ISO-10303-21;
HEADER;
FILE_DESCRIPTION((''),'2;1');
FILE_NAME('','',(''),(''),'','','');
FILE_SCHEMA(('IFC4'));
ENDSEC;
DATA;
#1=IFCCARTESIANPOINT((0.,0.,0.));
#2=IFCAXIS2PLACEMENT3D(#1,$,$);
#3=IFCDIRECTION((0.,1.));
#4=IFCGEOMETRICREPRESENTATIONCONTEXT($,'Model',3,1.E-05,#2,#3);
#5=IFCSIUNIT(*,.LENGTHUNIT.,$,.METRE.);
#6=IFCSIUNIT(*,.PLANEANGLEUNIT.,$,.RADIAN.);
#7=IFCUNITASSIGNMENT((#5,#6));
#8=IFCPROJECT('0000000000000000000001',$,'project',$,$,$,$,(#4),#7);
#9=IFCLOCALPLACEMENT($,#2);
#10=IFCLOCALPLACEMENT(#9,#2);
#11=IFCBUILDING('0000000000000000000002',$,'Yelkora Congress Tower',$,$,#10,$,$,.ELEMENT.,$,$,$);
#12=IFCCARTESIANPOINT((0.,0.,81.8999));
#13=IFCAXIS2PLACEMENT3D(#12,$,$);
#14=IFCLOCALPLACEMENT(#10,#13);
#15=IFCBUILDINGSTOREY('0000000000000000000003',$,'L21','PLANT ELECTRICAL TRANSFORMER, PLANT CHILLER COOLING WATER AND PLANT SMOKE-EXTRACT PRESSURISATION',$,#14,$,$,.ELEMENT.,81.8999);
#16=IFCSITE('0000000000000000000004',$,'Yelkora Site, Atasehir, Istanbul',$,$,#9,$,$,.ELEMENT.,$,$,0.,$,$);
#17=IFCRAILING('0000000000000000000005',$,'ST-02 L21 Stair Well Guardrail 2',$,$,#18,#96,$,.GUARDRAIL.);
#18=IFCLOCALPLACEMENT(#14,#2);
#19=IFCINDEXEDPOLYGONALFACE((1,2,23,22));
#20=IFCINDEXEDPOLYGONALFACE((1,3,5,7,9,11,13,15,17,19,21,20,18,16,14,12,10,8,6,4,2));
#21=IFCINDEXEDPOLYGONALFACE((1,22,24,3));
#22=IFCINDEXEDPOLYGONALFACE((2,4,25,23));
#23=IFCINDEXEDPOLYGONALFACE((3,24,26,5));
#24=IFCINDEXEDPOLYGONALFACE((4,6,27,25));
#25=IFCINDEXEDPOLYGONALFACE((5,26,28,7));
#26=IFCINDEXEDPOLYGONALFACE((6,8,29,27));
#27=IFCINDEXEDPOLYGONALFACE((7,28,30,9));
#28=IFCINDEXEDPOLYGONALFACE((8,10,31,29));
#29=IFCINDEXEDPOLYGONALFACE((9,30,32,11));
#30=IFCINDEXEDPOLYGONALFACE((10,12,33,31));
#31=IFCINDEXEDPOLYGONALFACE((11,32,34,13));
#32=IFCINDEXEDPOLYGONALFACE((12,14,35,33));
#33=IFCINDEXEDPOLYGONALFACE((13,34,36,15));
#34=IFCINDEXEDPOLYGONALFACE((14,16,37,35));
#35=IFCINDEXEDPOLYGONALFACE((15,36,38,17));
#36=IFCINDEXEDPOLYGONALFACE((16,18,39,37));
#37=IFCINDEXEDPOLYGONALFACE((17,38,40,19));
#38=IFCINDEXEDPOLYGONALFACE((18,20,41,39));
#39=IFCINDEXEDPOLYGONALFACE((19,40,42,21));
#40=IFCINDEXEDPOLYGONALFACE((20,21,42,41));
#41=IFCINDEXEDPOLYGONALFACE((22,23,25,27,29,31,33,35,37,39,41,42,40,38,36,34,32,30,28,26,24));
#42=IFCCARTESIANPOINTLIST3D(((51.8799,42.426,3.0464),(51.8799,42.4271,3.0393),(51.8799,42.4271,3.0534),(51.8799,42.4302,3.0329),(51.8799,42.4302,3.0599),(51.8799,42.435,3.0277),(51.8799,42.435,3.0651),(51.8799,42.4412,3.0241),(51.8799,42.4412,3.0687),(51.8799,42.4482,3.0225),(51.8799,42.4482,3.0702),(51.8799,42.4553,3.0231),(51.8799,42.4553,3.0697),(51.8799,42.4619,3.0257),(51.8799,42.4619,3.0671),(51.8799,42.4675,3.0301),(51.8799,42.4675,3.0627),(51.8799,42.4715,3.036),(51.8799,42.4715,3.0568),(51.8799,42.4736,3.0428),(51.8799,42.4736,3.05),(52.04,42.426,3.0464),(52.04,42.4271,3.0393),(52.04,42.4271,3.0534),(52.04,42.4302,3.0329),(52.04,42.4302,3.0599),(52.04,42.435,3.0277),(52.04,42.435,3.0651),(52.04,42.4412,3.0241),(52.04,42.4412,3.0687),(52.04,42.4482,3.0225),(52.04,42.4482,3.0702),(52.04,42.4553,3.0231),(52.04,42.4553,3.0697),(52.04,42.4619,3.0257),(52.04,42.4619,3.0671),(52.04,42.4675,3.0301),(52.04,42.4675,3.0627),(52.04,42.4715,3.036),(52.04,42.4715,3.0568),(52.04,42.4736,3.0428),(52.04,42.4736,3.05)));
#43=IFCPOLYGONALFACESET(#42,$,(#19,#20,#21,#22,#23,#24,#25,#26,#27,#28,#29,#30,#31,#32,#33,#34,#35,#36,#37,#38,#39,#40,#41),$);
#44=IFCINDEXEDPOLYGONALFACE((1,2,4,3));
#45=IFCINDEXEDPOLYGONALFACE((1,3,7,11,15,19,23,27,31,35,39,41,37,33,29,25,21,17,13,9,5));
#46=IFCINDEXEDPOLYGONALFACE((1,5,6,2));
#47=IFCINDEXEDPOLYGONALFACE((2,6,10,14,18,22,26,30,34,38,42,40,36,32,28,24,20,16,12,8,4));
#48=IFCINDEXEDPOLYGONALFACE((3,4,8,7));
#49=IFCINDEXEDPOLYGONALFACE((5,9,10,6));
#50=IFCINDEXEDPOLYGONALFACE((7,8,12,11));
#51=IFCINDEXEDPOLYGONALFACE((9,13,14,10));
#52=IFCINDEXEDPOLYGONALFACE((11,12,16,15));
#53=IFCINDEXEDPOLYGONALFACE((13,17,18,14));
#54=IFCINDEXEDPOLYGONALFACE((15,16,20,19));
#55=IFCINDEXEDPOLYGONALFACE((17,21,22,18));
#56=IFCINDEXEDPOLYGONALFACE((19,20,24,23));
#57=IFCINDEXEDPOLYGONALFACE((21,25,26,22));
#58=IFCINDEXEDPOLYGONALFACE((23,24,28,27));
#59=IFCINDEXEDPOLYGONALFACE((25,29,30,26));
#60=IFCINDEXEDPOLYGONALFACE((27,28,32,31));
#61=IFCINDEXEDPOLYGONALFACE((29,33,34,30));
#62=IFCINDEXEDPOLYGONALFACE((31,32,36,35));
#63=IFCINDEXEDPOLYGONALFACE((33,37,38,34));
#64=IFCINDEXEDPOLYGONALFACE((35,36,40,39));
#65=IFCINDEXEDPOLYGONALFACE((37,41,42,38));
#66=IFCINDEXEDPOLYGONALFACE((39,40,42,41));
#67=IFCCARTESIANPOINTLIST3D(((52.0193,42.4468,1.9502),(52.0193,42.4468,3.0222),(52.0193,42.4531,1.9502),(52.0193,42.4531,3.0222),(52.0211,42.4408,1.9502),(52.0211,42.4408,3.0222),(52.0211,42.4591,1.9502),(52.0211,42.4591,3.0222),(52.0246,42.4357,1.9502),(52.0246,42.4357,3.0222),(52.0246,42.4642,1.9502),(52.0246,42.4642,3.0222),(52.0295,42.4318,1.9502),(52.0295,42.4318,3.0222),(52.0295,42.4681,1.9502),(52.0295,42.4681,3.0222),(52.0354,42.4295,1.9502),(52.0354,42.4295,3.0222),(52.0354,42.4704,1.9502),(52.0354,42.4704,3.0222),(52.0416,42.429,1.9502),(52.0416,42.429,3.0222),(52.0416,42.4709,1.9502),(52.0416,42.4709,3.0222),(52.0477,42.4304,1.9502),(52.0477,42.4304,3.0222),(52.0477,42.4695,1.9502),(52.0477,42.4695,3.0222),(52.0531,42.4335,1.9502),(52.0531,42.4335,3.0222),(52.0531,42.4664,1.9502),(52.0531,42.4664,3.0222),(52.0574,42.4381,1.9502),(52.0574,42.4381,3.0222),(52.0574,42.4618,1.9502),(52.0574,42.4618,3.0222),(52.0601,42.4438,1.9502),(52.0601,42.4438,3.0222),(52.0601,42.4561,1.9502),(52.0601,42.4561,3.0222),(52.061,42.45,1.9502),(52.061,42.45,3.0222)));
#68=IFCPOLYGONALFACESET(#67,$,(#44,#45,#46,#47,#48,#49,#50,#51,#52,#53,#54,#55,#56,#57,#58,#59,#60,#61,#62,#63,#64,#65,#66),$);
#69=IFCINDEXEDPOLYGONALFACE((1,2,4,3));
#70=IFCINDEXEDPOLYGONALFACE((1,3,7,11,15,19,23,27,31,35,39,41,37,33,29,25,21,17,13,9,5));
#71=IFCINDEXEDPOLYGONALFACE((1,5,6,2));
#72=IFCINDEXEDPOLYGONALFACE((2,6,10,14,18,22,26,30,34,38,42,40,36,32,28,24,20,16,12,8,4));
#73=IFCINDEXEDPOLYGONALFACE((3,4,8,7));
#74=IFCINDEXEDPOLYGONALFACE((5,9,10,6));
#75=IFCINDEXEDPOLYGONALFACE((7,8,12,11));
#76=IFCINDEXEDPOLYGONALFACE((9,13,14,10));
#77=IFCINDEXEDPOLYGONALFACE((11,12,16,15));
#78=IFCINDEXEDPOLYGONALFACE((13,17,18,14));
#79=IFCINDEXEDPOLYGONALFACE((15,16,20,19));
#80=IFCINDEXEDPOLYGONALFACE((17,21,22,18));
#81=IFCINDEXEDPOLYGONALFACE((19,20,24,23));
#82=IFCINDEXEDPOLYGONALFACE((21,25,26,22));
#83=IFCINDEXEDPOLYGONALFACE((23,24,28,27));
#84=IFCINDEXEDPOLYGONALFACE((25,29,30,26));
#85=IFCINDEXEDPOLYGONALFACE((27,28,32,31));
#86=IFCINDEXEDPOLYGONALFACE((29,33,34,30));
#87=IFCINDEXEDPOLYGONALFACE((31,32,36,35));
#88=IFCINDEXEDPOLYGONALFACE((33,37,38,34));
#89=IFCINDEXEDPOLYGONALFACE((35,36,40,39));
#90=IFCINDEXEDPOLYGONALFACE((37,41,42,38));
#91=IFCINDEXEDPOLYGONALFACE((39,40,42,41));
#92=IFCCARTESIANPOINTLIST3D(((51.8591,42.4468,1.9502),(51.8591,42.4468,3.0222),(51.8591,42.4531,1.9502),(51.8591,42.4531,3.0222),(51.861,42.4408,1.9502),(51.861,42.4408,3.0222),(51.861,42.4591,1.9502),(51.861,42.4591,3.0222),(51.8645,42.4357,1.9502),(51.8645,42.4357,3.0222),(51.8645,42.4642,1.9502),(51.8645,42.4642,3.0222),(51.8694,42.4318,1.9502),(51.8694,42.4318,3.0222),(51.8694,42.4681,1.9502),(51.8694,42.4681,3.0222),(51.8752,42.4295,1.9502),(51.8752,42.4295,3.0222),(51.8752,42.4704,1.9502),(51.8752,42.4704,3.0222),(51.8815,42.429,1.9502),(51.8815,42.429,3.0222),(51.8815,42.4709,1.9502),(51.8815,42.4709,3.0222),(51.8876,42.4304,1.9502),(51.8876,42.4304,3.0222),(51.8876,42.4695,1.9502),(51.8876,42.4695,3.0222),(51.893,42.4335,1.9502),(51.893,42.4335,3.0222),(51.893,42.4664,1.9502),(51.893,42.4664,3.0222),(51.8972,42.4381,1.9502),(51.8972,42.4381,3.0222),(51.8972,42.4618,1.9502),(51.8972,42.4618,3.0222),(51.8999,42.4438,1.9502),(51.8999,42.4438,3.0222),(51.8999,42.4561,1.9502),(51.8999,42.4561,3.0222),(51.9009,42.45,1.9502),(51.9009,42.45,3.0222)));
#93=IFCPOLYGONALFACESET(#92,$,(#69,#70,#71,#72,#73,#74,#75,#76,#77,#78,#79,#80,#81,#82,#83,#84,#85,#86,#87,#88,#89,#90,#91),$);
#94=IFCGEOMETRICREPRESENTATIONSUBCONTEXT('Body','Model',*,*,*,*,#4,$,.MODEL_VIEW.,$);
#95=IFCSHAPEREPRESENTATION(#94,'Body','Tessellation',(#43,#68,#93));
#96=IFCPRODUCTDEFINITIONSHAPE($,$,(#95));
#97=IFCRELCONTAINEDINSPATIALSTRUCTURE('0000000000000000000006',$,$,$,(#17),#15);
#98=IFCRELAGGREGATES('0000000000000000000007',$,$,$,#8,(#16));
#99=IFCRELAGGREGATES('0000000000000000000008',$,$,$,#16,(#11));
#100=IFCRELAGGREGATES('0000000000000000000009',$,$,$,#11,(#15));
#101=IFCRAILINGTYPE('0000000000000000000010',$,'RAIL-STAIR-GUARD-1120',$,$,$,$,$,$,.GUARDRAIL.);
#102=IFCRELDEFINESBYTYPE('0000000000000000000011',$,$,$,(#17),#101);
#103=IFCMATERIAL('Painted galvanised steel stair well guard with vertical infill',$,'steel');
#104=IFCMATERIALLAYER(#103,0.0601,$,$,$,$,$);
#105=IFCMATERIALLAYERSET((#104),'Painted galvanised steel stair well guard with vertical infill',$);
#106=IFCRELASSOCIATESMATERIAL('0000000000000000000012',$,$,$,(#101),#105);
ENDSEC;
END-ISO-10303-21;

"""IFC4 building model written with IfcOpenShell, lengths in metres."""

from ifc_helpers import new_model, si_unit, direction, frame, origin, origin_2d, place, context, subcontext, project, spatial, circle, extrude, material, layer, layer_set, type_object, element, save


model = new_model("IFC4")

# Units and contexts
model_context = context("Model", 3, precision=1e-05, world=origin(), true_north=direction((0.0, 1.0)))
body_context = subcontext(model_context, "Body", "Model", "MODEL_VIEW")
ifc_project = project(units=[si_unit("LENGTHUNIT", "METRE"), si_unit("PLANEANGLEUNIT", "RADIAN")], contexts=[model_context])

# Site, building, storey
site_placement = place(None, origin())
site = spatial("IfcSite", under=ifc_project, at=site_placement, Name="Yelkora Site, Atasehir, Istanbul", CompositionType="ELEMENT", RefElevation=0.0)
building_placement = place(site_placement, origin())
building = spatial("IfcBuilding", under=site, at=building_placement, Name="Yelkora Congress Tower", CompositionType="ELEMENT")
storey_placement = place(building_placement, frame((0.0, 0.0, 81.8999)))
storey = spatial("IfcBuildingStorey", under=building, at=storey_placement, Name="L21", Description="PLANT ELECTRICAL TRANSFORMER, PLANT CHILLER COOLING WATER AND PLANT SMOKE-EXTRACT PRESSURISATION", CompositionType="ELEMENT", Elevation=81.8999)

# Railing
ifc_material_1 = material(Name="Painted galvanised steel stair well guard with vertical infill", Category="steel")
ifc_layer_1 = layer(ifc_material_1, 0.0601)
ifc_layer_set_1 = layer_set([ifc_layer_1], Name="Painted galvanised steel stair well guard with vertical infill")
railing_type_1 = type_object("IfcRailingType", Name="RAIL-STAIR-GUARD-1120", PredefinedType="GUARDRAIL", material=ifc_layer_set_1)
railing_1_placement = place(storey_placement, frame((52.04, 42.45, 1.9502)))
element("IfcRailing", 1, at=railing_1_placement, inside=storey, type_object=railing_type_1, Name="ST-02 L21 Stair Well Guardrail 2", PredefinedType="GUARDRAIL", context=body_context, shape_type="SweptSolid", body=[
    extrude(circle(Radius=0.0239, at=origin_2d()), frame((0.0, 0.0, 1.0962), z_axis=(-1.0, 0.0, 0.0), x_axis=(0.0, -1.0, 0.0)), (0.0, 0.0, 1.0), 0.1602),
    extrude(circle(Radius=0.021, at=origin_2d()), origin(), (0.0, 0.0, 1.0), 1.072),
    extrude(circle(Radius=0.021, at=origin_2d()), frame((-0.1602, 0.0, 0.0)), (0.0, 0.0, 1.0), 1.072),
])

save(model, "model.ifc")
